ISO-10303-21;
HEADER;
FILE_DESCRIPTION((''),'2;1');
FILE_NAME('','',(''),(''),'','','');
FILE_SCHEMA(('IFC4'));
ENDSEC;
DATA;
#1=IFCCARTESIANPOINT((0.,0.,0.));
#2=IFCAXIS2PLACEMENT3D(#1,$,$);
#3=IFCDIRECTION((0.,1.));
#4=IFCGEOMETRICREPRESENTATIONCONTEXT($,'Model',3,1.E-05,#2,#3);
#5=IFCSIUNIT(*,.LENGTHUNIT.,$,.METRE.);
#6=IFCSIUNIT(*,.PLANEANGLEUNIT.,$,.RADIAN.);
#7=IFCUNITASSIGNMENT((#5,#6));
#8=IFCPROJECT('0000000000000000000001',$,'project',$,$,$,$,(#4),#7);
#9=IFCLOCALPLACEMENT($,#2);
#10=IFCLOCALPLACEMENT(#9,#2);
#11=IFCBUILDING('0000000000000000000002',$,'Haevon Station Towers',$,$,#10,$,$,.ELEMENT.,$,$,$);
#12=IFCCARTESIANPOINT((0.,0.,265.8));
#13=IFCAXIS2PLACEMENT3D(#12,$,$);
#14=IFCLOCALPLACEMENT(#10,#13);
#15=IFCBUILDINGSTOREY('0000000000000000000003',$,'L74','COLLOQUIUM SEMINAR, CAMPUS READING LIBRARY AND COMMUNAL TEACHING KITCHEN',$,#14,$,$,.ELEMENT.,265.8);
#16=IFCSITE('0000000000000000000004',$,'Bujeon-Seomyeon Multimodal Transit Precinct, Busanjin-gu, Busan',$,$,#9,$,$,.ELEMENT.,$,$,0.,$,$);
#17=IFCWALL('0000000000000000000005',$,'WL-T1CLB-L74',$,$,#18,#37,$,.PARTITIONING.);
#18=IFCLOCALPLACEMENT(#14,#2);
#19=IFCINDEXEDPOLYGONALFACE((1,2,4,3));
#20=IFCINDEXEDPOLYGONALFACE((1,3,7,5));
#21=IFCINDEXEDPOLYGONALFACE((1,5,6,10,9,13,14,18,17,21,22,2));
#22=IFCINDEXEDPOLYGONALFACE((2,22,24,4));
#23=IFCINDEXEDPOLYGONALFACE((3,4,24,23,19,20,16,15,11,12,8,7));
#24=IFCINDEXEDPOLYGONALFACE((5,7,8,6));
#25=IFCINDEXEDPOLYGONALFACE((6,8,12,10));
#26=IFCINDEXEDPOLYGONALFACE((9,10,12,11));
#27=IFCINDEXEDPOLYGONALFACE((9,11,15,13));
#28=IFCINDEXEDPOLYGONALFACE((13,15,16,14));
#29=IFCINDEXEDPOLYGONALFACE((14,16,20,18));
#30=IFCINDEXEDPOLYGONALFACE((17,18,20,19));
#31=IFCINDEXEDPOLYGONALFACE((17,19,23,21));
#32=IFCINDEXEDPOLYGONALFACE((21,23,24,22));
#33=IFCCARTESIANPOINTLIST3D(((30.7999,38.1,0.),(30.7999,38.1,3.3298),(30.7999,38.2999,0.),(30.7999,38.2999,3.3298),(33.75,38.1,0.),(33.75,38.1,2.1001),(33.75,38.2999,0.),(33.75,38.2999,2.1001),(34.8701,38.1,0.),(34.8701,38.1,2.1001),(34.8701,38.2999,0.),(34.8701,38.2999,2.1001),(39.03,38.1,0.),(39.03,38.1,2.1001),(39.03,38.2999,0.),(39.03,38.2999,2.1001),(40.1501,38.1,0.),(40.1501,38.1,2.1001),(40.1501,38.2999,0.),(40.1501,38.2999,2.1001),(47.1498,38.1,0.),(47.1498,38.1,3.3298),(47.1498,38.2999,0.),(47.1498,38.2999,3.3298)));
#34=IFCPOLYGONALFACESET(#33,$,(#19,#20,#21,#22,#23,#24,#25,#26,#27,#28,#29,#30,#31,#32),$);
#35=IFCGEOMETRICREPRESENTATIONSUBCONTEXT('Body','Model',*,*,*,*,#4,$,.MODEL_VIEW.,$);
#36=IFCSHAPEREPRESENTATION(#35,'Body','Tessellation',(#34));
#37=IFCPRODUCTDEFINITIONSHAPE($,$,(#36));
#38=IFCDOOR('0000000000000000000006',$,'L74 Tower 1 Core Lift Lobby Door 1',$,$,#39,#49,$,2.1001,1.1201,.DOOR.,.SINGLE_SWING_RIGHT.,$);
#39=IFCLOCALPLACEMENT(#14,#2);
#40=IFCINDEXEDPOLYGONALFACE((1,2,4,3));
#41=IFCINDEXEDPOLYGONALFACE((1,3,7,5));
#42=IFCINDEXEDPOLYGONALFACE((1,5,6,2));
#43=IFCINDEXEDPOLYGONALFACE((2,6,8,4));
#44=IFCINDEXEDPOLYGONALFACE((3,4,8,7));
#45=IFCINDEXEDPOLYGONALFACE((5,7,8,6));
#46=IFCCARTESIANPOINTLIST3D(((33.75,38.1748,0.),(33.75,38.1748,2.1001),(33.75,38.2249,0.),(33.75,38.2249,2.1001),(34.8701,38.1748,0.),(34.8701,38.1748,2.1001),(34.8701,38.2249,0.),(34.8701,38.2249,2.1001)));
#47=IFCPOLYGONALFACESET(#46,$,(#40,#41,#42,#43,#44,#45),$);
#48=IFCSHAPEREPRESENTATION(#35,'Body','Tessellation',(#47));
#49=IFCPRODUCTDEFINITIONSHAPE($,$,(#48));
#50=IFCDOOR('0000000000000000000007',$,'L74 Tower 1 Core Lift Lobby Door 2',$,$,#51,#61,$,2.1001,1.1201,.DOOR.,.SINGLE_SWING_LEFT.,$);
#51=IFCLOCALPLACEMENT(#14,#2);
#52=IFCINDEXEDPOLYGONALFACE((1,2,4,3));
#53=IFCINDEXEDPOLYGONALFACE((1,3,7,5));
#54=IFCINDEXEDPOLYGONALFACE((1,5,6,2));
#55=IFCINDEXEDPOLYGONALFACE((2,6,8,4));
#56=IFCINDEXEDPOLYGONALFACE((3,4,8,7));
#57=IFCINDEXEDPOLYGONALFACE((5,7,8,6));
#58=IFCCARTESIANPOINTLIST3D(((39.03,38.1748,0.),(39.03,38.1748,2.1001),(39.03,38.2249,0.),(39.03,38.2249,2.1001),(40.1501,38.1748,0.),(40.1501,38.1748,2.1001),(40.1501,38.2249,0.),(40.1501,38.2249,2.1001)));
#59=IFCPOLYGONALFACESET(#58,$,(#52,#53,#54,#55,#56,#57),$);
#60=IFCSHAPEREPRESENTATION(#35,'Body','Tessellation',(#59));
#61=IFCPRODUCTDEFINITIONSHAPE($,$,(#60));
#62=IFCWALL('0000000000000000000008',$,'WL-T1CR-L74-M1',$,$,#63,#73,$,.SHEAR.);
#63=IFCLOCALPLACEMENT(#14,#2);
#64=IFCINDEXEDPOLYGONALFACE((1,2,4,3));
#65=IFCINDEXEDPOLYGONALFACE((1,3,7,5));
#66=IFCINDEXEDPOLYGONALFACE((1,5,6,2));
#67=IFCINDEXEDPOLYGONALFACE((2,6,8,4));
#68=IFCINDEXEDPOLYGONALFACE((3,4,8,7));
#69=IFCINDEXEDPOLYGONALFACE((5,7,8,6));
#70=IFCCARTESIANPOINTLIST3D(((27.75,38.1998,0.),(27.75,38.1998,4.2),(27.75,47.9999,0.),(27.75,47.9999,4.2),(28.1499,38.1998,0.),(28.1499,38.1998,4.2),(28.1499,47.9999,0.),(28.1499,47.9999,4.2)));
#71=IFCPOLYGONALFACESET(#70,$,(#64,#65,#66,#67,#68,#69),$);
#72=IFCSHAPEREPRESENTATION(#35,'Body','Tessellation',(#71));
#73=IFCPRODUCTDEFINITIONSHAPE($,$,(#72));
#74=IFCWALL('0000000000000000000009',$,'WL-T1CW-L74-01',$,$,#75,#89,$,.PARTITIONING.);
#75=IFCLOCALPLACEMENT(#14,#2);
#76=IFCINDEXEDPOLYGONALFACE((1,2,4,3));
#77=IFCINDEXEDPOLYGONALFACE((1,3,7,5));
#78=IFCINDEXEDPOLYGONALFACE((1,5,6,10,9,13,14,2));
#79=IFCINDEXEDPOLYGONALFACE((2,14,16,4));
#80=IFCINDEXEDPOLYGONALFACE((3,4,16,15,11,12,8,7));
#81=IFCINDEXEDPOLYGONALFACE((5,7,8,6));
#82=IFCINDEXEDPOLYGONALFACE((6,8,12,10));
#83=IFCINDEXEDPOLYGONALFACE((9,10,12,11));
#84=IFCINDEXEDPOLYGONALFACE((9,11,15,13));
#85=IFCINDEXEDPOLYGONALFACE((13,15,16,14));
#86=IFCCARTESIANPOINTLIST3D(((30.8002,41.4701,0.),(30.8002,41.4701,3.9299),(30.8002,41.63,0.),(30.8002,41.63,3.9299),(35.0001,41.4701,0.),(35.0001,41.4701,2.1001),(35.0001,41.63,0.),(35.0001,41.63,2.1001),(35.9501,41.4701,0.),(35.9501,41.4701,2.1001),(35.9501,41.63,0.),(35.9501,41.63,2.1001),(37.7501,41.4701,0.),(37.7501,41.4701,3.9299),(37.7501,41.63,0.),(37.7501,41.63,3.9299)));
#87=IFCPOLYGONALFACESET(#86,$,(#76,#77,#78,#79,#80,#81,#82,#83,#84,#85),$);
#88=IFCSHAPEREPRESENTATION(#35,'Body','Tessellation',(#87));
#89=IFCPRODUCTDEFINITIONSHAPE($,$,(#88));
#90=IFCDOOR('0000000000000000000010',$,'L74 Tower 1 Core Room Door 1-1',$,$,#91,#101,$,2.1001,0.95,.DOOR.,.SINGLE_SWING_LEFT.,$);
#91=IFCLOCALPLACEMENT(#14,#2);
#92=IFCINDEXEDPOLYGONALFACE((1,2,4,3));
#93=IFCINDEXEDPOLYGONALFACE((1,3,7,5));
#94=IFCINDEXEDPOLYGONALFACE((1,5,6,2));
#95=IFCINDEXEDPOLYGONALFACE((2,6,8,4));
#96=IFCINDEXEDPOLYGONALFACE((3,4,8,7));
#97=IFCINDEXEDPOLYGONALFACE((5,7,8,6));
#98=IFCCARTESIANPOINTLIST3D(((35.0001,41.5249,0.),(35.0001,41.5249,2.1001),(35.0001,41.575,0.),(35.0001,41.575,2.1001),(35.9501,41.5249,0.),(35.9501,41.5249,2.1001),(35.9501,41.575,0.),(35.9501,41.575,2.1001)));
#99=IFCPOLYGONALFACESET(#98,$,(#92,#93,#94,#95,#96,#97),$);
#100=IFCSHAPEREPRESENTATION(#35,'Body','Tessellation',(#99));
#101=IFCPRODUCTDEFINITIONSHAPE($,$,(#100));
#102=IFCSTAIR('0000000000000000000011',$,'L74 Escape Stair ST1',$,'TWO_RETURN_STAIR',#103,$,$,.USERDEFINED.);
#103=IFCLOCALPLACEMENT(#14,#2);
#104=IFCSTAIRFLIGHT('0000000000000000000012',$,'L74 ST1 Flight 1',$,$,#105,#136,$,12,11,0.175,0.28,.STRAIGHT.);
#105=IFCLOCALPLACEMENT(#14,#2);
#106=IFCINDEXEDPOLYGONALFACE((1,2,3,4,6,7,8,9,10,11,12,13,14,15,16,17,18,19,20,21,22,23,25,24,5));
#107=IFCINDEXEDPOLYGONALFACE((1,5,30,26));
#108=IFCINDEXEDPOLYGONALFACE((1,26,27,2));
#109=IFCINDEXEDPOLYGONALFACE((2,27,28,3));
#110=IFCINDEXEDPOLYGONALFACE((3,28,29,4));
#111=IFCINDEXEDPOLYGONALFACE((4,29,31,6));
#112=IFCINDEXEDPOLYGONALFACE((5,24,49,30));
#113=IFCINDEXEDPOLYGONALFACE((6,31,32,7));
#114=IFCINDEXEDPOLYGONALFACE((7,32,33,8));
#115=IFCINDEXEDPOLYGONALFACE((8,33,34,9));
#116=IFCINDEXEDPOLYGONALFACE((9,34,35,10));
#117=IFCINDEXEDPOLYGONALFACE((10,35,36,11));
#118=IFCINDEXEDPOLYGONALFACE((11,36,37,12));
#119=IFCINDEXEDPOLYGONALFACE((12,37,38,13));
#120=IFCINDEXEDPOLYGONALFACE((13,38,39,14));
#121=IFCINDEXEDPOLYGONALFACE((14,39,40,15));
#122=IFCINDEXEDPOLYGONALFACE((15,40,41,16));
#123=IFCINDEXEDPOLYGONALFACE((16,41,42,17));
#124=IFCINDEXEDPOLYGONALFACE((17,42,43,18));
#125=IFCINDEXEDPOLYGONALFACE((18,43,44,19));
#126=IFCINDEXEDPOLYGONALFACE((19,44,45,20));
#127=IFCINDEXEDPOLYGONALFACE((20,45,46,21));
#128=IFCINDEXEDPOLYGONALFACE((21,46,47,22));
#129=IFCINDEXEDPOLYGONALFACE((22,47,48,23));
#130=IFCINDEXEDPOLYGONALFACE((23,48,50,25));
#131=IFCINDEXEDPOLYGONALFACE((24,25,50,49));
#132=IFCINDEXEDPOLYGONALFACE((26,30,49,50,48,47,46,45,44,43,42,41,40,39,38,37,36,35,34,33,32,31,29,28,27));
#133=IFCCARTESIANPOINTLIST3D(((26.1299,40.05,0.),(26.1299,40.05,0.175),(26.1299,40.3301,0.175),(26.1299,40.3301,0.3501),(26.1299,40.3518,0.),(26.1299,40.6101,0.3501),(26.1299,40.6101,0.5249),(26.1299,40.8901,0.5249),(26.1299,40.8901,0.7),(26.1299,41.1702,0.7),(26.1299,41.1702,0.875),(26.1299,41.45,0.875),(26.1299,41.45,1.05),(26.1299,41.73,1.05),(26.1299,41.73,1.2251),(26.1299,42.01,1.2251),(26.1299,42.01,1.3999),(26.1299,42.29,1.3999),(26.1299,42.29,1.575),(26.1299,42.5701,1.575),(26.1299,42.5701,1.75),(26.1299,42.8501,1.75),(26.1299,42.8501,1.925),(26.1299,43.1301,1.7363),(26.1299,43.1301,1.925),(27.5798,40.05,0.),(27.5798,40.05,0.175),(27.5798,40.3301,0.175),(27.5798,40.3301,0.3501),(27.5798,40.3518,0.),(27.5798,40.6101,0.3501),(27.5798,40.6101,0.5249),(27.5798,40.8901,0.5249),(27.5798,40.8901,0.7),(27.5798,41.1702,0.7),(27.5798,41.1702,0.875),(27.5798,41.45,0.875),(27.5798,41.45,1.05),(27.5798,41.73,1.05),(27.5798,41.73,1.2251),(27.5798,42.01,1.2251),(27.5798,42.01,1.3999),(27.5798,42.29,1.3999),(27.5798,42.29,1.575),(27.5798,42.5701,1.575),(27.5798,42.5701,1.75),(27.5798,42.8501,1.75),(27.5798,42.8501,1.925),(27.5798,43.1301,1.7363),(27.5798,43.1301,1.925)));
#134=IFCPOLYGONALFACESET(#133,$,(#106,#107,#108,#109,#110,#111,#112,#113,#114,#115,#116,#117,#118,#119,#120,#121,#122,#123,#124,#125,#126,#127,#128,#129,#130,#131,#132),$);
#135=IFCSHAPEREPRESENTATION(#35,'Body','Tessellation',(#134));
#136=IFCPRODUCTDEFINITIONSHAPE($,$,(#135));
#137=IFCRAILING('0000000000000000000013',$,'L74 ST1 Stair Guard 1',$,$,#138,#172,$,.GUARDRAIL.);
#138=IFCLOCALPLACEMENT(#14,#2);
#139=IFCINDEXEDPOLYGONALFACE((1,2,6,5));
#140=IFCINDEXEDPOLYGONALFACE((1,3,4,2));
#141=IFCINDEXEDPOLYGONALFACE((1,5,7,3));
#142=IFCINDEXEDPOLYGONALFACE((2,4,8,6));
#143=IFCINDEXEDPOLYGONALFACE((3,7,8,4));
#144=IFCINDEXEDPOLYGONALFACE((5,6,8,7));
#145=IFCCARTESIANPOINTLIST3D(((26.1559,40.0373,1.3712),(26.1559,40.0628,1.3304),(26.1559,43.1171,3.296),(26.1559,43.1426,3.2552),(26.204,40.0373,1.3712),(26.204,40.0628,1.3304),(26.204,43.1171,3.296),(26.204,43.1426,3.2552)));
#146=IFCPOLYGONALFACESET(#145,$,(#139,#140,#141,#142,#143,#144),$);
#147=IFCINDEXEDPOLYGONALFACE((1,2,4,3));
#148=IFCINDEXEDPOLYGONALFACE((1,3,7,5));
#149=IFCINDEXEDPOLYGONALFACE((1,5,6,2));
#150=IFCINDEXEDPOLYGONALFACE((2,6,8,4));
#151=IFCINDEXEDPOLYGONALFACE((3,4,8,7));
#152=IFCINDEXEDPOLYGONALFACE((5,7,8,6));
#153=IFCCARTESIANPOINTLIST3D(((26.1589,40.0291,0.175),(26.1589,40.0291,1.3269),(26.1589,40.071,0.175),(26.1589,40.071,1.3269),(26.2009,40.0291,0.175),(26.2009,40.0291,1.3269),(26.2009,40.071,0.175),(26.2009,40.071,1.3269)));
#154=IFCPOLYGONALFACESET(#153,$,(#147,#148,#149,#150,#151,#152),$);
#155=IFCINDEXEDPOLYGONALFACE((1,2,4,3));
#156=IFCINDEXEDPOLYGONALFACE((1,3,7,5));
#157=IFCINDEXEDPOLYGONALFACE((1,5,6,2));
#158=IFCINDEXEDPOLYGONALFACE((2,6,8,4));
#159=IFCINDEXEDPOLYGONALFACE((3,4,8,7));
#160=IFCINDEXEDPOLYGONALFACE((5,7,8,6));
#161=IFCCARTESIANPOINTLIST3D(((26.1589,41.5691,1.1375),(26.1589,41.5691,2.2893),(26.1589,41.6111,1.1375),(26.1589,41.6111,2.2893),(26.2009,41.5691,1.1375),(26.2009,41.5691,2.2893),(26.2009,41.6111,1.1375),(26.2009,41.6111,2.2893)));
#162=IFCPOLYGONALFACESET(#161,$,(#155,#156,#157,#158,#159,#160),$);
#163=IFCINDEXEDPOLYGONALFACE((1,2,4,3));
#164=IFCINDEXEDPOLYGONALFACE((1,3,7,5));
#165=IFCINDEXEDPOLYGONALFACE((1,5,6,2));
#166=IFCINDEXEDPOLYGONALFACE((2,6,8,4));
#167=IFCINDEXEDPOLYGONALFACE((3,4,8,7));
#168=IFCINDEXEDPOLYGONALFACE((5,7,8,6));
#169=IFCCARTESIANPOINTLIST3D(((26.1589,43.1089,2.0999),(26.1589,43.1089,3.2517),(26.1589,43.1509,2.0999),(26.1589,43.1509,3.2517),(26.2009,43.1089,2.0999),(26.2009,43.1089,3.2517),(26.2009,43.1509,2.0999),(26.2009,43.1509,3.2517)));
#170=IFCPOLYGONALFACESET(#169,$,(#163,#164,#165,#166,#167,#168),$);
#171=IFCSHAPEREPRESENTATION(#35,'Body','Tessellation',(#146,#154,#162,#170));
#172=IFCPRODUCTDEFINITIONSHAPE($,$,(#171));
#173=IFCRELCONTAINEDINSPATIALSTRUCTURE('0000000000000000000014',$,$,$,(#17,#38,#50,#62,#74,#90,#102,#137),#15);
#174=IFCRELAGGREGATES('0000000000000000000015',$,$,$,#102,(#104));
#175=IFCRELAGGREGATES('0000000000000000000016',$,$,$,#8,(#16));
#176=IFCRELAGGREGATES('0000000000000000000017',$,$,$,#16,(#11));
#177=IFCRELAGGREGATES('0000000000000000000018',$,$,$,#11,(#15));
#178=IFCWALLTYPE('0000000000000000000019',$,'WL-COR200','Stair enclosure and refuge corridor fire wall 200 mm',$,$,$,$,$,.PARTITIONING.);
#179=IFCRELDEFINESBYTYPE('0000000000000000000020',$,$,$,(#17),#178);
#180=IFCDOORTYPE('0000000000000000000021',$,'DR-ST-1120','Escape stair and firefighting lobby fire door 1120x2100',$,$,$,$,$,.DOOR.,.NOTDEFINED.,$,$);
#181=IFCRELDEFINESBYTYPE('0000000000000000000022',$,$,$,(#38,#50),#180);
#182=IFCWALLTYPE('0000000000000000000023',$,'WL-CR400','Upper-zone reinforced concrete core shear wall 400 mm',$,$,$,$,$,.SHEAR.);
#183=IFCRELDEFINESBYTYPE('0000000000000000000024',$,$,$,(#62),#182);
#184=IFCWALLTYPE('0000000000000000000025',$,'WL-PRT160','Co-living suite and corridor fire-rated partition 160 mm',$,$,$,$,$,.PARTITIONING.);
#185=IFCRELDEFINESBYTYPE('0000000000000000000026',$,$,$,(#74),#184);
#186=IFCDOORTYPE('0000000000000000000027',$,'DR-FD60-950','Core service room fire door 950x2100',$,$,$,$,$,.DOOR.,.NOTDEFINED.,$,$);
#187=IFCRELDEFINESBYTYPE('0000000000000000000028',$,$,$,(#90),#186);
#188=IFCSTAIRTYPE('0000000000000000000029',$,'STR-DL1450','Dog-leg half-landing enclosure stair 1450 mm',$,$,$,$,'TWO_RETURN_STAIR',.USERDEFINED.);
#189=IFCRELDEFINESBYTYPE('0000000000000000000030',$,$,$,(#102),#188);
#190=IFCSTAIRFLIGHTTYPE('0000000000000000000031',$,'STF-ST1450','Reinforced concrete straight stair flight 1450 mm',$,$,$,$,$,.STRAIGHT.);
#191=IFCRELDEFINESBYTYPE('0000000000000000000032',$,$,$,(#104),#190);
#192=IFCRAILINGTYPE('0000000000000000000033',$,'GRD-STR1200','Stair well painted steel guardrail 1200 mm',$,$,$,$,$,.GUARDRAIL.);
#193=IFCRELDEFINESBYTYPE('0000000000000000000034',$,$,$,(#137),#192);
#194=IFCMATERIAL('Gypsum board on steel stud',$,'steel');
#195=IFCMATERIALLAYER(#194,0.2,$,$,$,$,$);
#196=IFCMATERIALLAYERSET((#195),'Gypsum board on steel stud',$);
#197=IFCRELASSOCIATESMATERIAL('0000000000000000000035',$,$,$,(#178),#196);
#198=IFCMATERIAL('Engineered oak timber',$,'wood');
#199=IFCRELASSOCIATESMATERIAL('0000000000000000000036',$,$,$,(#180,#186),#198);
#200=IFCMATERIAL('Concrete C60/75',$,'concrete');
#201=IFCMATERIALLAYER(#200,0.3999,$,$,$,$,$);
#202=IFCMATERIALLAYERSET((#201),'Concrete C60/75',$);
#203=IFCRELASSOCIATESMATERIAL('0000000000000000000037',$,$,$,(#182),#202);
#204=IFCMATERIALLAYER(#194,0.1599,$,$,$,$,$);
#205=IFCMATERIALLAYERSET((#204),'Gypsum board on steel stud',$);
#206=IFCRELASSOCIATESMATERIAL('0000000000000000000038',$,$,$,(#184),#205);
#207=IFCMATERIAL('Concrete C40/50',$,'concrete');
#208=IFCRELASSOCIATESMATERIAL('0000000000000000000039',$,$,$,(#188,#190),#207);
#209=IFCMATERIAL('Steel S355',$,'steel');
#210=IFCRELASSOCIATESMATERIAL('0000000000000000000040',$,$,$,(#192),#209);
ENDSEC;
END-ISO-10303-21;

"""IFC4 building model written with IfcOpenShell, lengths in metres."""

from ifc_helpers import new_model, si_unit, direction, frame, frame_2d, origin, origin_2d, place, context, subcontext, project, spatial, polyline, rectangle, outline, extrude, material, layer, layer_set, type_object, element, fill, aggregate, save


model = new_model("IFC4")

# Units and contexts
model_context = context("Model", 3, precision=1e-05, world=origin(), true_north=direction((0.0, 1.0)))
body_context = subcontext(model_context, "Body", "Model", "MODEL_VIEW")
ifc_project = project(units=[si_unit("LENGTHUNIT", "METRE"), si_unit("PLANEANGLEUNIT", "RADIAN")], contexts=[model_context])

# Site, building, storey
site_placement = place(None, origin())
site = spatial("IfcSite", under=ifc_project, at=site_placement, Name="Bujeon-Seomyeon Multimodal Transit Precinct, Busanjin-gu, Busan", CompositionType="ELEMENT", RefElevation=0.0)
building_placement = place(site_placement, origin())
building = spatial("IfcBuilding", under=site, at=building_placement, Name="Haevon Station Towers", CompositionType="ELEMENT")
storey_placement = place(building_placement, frame((0.0, 0.0, 265.8)))
storey = spatial("IfcBuildingStorey", under=building, at=storey_placement, Name="L74", Description="COLLOQUIUM SEMINAR, CAMPUS READING LIBRARY AND COMMUNAL TEACHING KITCHEN", CompositionType="ELEMENT", Elevation=265.8)

# Shared definitions
ifc_material_1 = material(Name="Steel S355", Category="steel")

# Shared definitions
ifc_material_2 = material(Name="Gypsum board on steel stud", Category="steel")
ifc_layer_1 = layer(ifc_material_2, 0.2)
ifc_layer_set_1 = layer_set([ifc_layer_1], Name="Gypsum board on steel stud")
wall_type_1 = type_object("IfcWallType", Name="WL-COR200", Description="Stair enclosure and refuge corridor fire wall 200 mm", PredefinedType="PARTITIONING", material=ifc_layer_set_1)
ifc_material_3 = material(Name="Engineered oak timber", Category="wood")

# Wall, openings, doors
wall_1_placement = place(storey_placement, frame((30.8, 38.2, 0.0), z_axis=(0.0, 0.0, 1.0), x_axis=(1.0, 0.0, 0.0)))
wall_1 = element("IfcWall", 1, at=wall_1_placement, inside=storey, type_object=wall_type_1, Name="WL-T1CLB-L74", PredefinedType="PARTITIONING", context=body_context, shape_type="SweptSolid", body=[
    extrude(rectangle(XDim=16.3499, YDim=0.2, at=frame_2d((8.1748, 0.0))), origin(), (0.0, 0.0, 1.0), 3.3298),
])
opening_1_placement = place(wall_1_placement, frame((2.95, 0.0, 0.0)))
opening_1 = element("IfcOpeningElement", 2, at=opening_1_placement, cuts=wall_1, PredefinedType="OPENING", context=body_context, shape_type="SweptSolid", body=[
    extrude(rectangle(XDim=1.1201, YDim=2.1001, at=frame_2d((0.5601, 1.05))), frame((0.0, 0.1099, 0.0), z_axis=(0.0, -1.0, 0.0), x_axis=(1.0, 0.0, 0.0)), (0.0, 0.0, 1.0), 0.22),
])
opening_2_placement = place(wall_1_placement, frame((8.23, 0.0, 0.0)))
opening_2 = element("IfcOpeningElement", 3, at=opening_2_placement, cuts=wall_1, PredefinedType="OPENING", context=body_context, shape_type="SweptSolid", body=[
    extrude(rectangle(XDim=1.1201, YDim=2.1001, at=frame_2d((0.5601, 1.05))), frame((0.0, 0.1099, 0.0), z_axis=(0.0, -1.0, 0.0), x_axis=(1.0, 0.0, 0.0)), (0.0, 0.0, 1.0), 0.22),
])
door_type_1 = type_object("IfcDoorType", Name="DR-ST-1120", Description="Escape stair and firefighting lobby fire door 1120x2100", OperationType="NOTDEFINED", PredefinedType="DOOR", material=ifc_material_3)
door_1_placement = place(opening_1_placement, origin())
door_1 = element("IfcDoor", 4, at=door_1_placement, inside=storey, type_object=door_type_1, Name="L74 Tower 1 Core Lift Lobby Door 1", OperationType="SINGLE_SWING_RIGHT", OverallHeight=2.1001, OverallWidth=1.1201, PredefinedType="DOOR", context=body_context, shape_type="SweptSolid", body=[
    extrude(rectangle(XDim=1.1201, YDim=2.1001, at=frame_2d((0.5601, 1.05))), frame((0.0, 0.0249, 0.0), z_axis=(0.0, -1.0, 0.0), x_axis=(1.0, 0.0, 0.0)), (0.0, 0.0, 1.0), 0.05),
])
fill(opening_1, door_1)
door_2_placement = place(opening_2_placement, origin())
door_2 = element("IfcDoor", 5, at=door_2_placement, inside=storey, type_object=door_type_1, Name="L74 Tower 1 Core Lift Lobby Door 2", OperationType="SINGLE_SWING_LEFT", OverallHeight=2.1001, OverallWidth=1.1201, PredefinedType="DOOR", context=body_context, shape_type="SweptSolid", body=[
    extrude(rectangle(XDim=1.1201, YDim=2.1001, at=frame_2d((0.5601, 1.05))), frame((0.0, 0.0249, 0.0), z_axis=(0.0, -1.0, 0.0), x_axis=(1.0, 0.0, 0.0)), (0.0, 0.0, 1.0), 0.05),
])
fill(opening_2, door_2)

# Wall
ifc_material_4 = material(Name="Concrete C60/75", Category="concrete")
ifc_layer_2 = layer(ifc_material_4, 0.3999)
ifc_layer_set_2 = layer_set([ifc_layer_2], Name="Concrete C60/75")
wall_type_2 = type_object("IfcWallType", Name="WL-CR400", Description="Upper-zone reinforced concrete core shear wall 400 mm", PredefinedType="SHEAR", material=ifc_layer_set_2)
wall_2_placement = place(storey_placement, frame((27.95, 38.2, 0.0), z_axis=(0.0, 0.0, 1.0), x_axis=(0.0, 1.0, 0.0)))
element("IfcWall", 6, at=wall_2_placement, inside=storey, type_object=wall_type_2, Name="WL-T1CR-L74-M1", PredefinedType="SHEAR", context=body_context, shape_type="SweptSolid", body=[
    extrude(rectangle(XDim=9.8, YDim=0.3999, at=frame_2d((4.8999, 0.0))), origin(), (0.0, 0.0, 1.0), 4.2),
])

# Wall, opening, door
ifc_layer_3 = layer(ifc_material_2, 0.1599)
ifc_layer_set_3 = layer_set([ifc_layer_3], Name="Gypsum board on steel stud")
wall_type_3 = type_object("IfcWallType", Name="WL-PRT160", Description="Co-living suite and corridor fire-rated partition 160 mm", PredefinedType="PARTITIONING", material=ifc_layer_set_3)
wall_3_placement = place(storey_placement, frame((30.8, 41.55, 0.0), z_axis=(0.0, 0.0, 1.0), x_axis=(1.0, 0.0, 0.0)))
wall_3 = element("IfcWall", 7, at=wall_3_placement, inside=storey, type_object=wall_type_3, Name="WL-T1CW-L74-01", PredefinedType="PARTITIONING", context=body_context, shape_type="SweptSolid", body=[
    extrude(rectangle(XDim=6.95, YDim=0.1599, at=frame_2d((3.4751, 0.0))), origin(), (0.0, 0.0, 1.0), 3.9299),
])
opening_3_placement = place(wall_3_placement, frame((4.2, 0.0, 0.0)))
opening_3 = element("IfcOpeningElement", 8, at=opening_3_placement, cuts=wall_3, PredefinedType="OPENING", context=body_context, shape_type="SweptSolid", body=[
    extrude(rectangle(XDim=0.95, YDim=2.1001, at=frame_2d((0.4751, 1.05))), frame((0.0, 0.0898, 0.0), z_axis=(0.0, -1.0, 0.0), x_axis=(1.0, 0.0, 0.0)), (0.0, 0.0, 1.0), 0.1799),
])
door_type_2 = type_object("IfcDoorType", Name="DR-FD60-950", Description="Core service room fire door 950x2100", OperationType="NOTDEFINED", PredefinedType="DOOR", material=ifc_material_3)
door_3_placement = place(opening_3_placement, origin())
door_3 = element("IfcDoor", 9, at=door_3_placement, inside=storey, type_object=door_type_2, Name="L74 Tower 1 Core Room Door 1-1", OperationType="SINGLE_SWING_LEFT", OverallHeight=2.1001, OverallWidth=0.95, PredefinedType="DOOR", context=body_context, shape_type="SweptSolid", body=[
    extrude(rectangle(XDim=0.95, YDim=2.1001, at=frame_2d((0.4751, 1.05))), frame((0.0, 0.0249, 0.0), z_axis=(0.0, -1.0, 0.0), x_axis=(1.0, 0.0, 0.0)), (0.0, 0.0, 1.0), 0.05),
])
fill(opening_3, door_3)

# Stair, stair flight
ifc_material_5 = material(Name="Concrete C40/50", Category="concrete")
stair_type = type_object("IfcStairType", Name="STR-DL1450", Description="Dog-leg half-landing enclosure stair 1450 mm", ElementType="TWO_RETURN_STAIR", PredefinedType="USERDEFINED", material=ifc_material_5)
stair_placement = place(storey_placement, origin())
stair = element("IfcStair", 10, at=stair_placement, inside=storey, type_object=stair_type, Name="L74 Escape Stair ST1", ObjectType="TWO_RETURN_STAIR", PredefinedType="USERDEFINED")
stair_flight_type = type_object("IfcStairFlightType", Name="STF-ST1450", Description="Reinforced concrete straight stair flight 1450 mm", PredefinedType="STRAIGHT", material=ifc_material_5)
stair_flight_placement = place(storey_placement, frame((26.855, 40.05, 0.0), z_axis=(0.0, 0.0, 1.0), x_axis=(0.0, 1.0, 0.0)))
stair_flight = element("IfcStairFlight", 11, at=stair_flight_placement, type_object=stair_flight_type, Name="L74 ST1 Flight 1", NumberOfRisers=12, NumberOfTreads=11, PredefinedType="STRAIGHT", RiserHeight=0.175, TreadLength=0.28, context=body_context, shape_type="SweptSolid", body=[
    extrude(outline(polyline([(0.0, 0.0), (0.0, 0.175), (0.28, 0.175), (0.28, 0.3501), (0.5601, 0.3501), (0.5601, 0.5249), (0.8401, 0.5249), (0.8401, 0.7), (1.1201, 0.7), (1.1201, 0.875), (1.3999, 0.875), (1.3999, 1.05), (1.6799, 1.05), (1.6799, 1.2251), (1.96, 1.2251), (1.96, 1.3999), (2.24, 1.3999), (2.24, 1.575), (2.52, 1.575), (2.52, 1.75), (2.8, 1.75), (2.8, 1.925), (3.0801, 1.925), (3.0801, 2.1001), (3.0801, 1.7363), (0.3018, 0.0), (0.0, 0.0)])), frame((0.0, 0.7251, 0.0), z_axis=(0.0, -1.0, 0.0), x_axis=(1.0, 0.0, 0.0)), (0.0, 0.0, 1.0), 1.45),
])
aggregate(stair, [stair_flight])

# Railing
railing_type_1 = type_object("IfcRailingType", Name="GRD-STR1200", Description="Stair well painted steel guardrail 1200 mm", PredefinedType="GUARDRAIL", material=ifc_material_1)
railing_1_placement = place(storey_placement, frame((26.1799, 40.05, 0.175)))
element("IfcRailing", 12, at=railing_1_placement, inside=storey, type_object=railing_type_1, Name="L74 ST1 Stair Guard 1", PredefinedType="GUARDRAIL", context=body_context, shape_type="SweptSolid", body=[
    extrude(rectangle(XDim=0.0481, YDim=0.0481, at=origin_2d()), frame((0.0, 0.0, 1.1758), z_axis=(0.0, 0.84801, 0.529981), x_axis=(-1.0, 0.0, 0.0)), (0.0, 0.0, 1.0), 3.6318),
    extrude(rectangle(XDim=0.042, YDim=0.042, at=origin_2d()), origin(), (0.0, 0.0, 1.0), 1.1519),
    extrude(rectangle(XDim=0.042, YDim=0.042, at=origin_2d()), frame((0.0, 1.54, 0.9624)), (0.0, 0.0, 1.0), 1.1519),
    extrude(rectangle(XDim=0.042, YDim=0.042, at=origin_2d()), frame((0.0, 3.0798, 1.9248)), (0.0, 0.0, 1.0), 1.1519),
])

save(model, "model.ifc")
